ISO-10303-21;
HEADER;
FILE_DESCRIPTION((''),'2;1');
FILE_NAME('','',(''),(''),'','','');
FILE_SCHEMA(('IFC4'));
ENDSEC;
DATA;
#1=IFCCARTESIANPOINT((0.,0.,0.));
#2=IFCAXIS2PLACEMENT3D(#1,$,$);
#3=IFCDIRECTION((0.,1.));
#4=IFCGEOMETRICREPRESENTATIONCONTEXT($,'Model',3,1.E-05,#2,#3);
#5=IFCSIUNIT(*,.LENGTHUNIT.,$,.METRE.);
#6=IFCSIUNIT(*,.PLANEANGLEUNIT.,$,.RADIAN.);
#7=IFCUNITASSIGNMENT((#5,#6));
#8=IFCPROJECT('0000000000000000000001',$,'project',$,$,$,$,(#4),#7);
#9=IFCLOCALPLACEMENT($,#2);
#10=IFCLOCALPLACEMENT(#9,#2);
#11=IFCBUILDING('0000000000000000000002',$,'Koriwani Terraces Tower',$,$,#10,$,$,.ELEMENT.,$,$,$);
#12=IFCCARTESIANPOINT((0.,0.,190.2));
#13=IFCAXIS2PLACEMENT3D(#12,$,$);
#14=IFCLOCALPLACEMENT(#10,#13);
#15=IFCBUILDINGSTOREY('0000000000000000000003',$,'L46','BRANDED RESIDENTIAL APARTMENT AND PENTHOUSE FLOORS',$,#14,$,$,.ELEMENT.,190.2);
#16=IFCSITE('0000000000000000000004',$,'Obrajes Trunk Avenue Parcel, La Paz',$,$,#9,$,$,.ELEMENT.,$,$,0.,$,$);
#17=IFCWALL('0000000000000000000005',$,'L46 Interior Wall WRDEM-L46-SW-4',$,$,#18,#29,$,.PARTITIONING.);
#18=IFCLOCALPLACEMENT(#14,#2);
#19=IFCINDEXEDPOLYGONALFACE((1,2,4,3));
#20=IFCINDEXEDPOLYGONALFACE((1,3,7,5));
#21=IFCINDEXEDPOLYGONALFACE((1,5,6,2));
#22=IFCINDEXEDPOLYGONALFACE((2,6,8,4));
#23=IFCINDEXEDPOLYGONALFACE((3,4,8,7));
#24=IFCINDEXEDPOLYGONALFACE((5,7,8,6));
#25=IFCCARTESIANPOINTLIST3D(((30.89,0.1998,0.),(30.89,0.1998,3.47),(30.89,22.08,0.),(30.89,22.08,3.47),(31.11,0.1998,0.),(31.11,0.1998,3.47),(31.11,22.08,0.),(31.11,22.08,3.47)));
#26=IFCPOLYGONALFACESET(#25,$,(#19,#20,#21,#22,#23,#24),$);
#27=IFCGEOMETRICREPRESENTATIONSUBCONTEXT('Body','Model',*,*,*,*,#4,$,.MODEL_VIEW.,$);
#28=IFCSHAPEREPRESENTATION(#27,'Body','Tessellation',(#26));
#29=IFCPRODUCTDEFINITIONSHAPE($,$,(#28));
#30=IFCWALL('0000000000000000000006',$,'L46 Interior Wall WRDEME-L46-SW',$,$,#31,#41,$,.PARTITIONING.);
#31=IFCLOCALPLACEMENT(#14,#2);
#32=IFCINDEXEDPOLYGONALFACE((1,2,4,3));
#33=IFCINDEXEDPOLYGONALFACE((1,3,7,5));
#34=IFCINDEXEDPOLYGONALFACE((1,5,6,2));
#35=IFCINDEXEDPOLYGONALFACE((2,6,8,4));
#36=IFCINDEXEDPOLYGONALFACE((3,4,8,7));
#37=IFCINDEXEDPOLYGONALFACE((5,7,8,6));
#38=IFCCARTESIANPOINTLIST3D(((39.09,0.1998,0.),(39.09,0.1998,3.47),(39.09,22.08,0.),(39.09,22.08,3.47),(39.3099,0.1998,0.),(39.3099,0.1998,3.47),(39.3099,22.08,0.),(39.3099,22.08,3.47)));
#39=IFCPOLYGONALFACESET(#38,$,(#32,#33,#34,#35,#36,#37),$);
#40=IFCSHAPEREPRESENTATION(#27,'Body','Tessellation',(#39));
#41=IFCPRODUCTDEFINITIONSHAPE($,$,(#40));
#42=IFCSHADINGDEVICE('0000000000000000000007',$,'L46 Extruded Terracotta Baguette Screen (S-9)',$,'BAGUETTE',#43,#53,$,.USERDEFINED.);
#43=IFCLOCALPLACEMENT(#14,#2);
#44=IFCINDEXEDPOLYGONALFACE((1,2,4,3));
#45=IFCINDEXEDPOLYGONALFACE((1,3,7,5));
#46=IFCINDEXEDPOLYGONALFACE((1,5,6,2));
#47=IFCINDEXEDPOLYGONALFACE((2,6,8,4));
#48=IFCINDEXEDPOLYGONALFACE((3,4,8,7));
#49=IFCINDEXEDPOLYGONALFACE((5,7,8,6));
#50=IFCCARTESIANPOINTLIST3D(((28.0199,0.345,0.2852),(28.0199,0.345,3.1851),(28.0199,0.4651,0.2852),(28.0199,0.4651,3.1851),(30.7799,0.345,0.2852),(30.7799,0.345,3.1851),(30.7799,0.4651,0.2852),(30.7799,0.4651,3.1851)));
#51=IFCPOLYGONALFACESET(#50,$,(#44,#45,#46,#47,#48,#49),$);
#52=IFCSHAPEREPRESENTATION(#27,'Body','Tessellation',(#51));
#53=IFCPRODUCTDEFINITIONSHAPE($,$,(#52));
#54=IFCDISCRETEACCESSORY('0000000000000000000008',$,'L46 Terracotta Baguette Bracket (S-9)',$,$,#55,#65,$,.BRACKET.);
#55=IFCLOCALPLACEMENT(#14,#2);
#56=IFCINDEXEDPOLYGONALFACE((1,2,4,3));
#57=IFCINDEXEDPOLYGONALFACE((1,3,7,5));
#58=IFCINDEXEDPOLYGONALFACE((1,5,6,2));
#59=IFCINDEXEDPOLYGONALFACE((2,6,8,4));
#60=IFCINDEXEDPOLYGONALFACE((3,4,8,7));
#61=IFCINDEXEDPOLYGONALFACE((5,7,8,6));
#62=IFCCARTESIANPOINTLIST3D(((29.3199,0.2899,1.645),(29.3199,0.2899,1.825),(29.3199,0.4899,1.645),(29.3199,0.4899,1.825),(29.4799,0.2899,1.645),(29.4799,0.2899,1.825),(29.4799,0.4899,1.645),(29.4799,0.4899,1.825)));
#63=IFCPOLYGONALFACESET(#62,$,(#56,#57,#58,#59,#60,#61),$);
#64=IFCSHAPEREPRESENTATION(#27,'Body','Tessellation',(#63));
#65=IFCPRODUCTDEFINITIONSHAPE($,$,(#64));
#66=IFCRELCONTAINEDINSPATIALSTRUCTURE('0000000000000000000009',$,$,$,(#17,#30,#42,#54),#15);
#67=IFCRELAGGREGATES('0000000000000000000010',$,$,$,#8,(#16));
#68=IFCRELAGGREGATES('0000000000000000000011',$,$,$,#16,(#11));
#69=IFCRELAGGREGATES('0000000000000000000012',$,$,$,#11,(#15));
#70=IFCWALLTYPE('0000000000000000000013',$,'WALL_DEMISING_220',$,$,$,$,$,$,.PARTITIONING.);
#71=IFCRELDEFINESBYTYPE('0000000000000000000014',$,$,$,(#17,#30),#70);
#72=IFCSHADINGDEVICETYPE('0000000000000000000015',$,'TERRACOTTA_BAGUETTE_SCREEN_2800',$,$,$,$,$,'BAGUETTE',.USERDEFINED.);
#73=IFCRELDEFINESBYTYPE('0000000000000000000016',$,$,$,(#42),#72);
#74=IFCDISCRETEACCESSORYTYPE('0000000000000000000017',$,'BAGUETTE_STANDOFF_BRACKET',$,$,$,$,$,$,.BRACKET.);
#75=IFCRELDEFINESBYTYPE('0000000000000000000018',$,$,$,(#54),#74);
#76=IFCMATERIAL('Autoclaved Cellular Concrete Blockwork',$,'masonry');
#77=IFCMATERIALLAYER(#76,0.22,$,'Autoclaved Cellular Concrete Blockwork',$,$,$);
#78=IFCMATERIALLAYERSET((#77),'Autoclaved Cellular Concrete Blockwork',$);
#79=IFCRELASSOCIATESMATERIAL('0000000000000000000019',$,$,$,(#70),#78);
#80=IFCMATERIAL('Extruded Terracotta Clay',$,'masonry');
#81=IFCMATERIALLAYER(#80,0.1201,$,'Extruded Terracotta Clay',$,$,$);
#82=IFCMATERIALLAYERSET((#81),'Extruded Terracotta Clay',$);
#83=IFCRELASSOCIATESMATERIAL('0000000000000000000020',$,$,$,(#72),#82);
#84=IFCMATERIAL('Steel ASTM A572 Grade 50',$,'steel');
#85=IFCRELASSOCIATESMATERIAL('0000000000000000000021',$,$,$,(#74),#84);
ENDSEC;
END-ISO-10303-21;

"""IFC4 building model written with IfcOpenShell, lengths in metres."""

from ifc_helpers import new_model, si_unit, direction, frame, frame_2d, origin, origin_2d, place, context, subcontext, project, spatial, rectangle, extrude, material, layer, layer_set, type_object, element, save


model = new_model("IFC4")

# Units and contexts
model_context = context("Model", 3, precision=1e-05, world=origin(), true_north=direction((0.0, 1.0)))
body_context = subcontext(model_context, "Body", "Model", "MODEL_VIEW")
ifc_project = project(units=[si_unit("LENGTHUNIT", "METRE"), si_unit("PLANEANGLEUNIT", "RADIAN")], contexts=[model_context])

# Site, building, storey
site_placement = place(None, origin())
site = spatial("IfcSite", under=ifc_project, at=site_placement, Name="Obrajes Trunk Avenue Parcel, La Paz", CompositionType="ELEMENT", RefElevation=0.0)
building_placement = place(site_placement, origin())
building = spatial("IfcBuilding", under=site, at=building_placement, Name="Koriwani Terraces Tower", CompositionType="ELEMENT")
storey_placement = place(building_placement, frame((0.0, 0.0, 190.2)))
storey = spatial("IfcBuildingStorey", under=building, at=storey_placement, Name="L46", Description="BRANDED RESIDENTIAL APARTMENT AND PENTHOUSE FLOORS", CompositionType="ELEMENT", Elevation=190.2)

# Shared definitions
ifc_material_1 = material(Name="Steel ASTM A572 Grade 50", Category="steel")

# Shared definitions
ifc_material_2 = material(Name="Autoclaved Cellular Concrete Blockwork", Category="masonry")

# Walls
ifc_layer_1 = layer(ifc_material_2, 0.22, Name="Autoclaved Cellular Concrete Blockwork")
ifc_layer_set_1 = layer_set([ifc_layer_1], Name="Autoclaved Cellular Concrete Blockwork")
wall_type_1 = type_object("IfcWallType", Name="WALL_DEMISING_220", PredefinedType="PARTITIONING", material=ifc_layer_set_1)
for number, where, z_axis, x_axis, name in (
    (1, (31.0, 0.2, 0.0), (0.0, 0.0, 1.0), (0.0, 1.0, 0.0), "L46 Interior Wall WRDEM-L46-SW-4"),
    (2, (39.2, 0.2, 0.0), (0.0, 0.0, 1.0), (0.0, 1.0, 0.0), "L46 Interior Wall WRDEME-L46-SW"),
):
    element("IfcWall", number, at=place(storey_placement, frame(where, z_axis=z_axis, x_axis=x_axis)), inside=storey, type_object=wall_type_1, Name=name, PredefinedType="PARTITIONING", context=body_context, shape_type="SweptSolid", body=[
        extrude(rectangle(XDim=21.8801, YDim=0.22, at=frame_2d((10.9399, 0.0))), origin(), (0.0, 0.0, 1.0), 3.47),
    ])

# Shading device
ifc_material_3 = material(Name="Extruded Terracotta Clay", Category="masonry")
ifc_layer_2 = layer(ifc_material_3, 0.1201, Name="Extruded Terracotta Clay")
ifc_layer_set_2 = layer_set([ifc_layer_2], Name="Extruded Terracotta Clay")
shading_device_type = type_object("IfcShadingDeviceType", Name="TERRACOTTA_BAGUETTE_SCREEN_2800", ElementType="BAGUETTE", PredefinedType="USERDEFINED", material=ifc_layer_set_2)
shading_device_placement = place(storey_placement, frame((29.3999, 0.405, 0.2852), z_axis=(0.0, 0.0, 1.0), x_axis=(-1.0, 0.0, 0.0)))
element("IfcShadingDevice", 3, at=shading_device_placement, inside=storey, type_object=shading_device_type, Name="L46 Extruded Terracotta Baguette Screen (S-9)", ObjectType="BAGUETTE", PredefinedType="USERDEFINED", context=body_context, shape_type="SweptSolid", body=[
    extrude(rectangle(XDim=2.76, YDim=0.1201, at=origin_2d()), origin(), (0.0, 0.0, 1.0), 2.8999),
])

# Discrete accessory
discrete_accessory_type = type_object("IfcDiscreteAccessoryType", Name="BAGUETTE_STANDOFF_BRACKET", PredefinedType="BRACKET", material=ifc_material_1)
discrete_accessory_placement = place(storey_placement, frame((29.3999, 0.3899, 1.645), z_axis=(0.0, 0.0, 1.0), x_axis=(-1.0, 0.0, 0.0)))
element("IfcDiscreteAccessory", 4, at=discrete_accessory_placement, inside=storey, type_object=discrete_accessory_type, Name="L46 Terracotta Baguette Bracket (S-9)", PredefinedType="BRACKET", context=body_context, shape_type="SweptSolid", body=[
    extrude(rectangle(XDim=0.1599, YDim=0.2, at=origin_2d()), origin(), (0.0, 0.0, 1.0), 0.1799),
])

save(model, "model.ifc")
